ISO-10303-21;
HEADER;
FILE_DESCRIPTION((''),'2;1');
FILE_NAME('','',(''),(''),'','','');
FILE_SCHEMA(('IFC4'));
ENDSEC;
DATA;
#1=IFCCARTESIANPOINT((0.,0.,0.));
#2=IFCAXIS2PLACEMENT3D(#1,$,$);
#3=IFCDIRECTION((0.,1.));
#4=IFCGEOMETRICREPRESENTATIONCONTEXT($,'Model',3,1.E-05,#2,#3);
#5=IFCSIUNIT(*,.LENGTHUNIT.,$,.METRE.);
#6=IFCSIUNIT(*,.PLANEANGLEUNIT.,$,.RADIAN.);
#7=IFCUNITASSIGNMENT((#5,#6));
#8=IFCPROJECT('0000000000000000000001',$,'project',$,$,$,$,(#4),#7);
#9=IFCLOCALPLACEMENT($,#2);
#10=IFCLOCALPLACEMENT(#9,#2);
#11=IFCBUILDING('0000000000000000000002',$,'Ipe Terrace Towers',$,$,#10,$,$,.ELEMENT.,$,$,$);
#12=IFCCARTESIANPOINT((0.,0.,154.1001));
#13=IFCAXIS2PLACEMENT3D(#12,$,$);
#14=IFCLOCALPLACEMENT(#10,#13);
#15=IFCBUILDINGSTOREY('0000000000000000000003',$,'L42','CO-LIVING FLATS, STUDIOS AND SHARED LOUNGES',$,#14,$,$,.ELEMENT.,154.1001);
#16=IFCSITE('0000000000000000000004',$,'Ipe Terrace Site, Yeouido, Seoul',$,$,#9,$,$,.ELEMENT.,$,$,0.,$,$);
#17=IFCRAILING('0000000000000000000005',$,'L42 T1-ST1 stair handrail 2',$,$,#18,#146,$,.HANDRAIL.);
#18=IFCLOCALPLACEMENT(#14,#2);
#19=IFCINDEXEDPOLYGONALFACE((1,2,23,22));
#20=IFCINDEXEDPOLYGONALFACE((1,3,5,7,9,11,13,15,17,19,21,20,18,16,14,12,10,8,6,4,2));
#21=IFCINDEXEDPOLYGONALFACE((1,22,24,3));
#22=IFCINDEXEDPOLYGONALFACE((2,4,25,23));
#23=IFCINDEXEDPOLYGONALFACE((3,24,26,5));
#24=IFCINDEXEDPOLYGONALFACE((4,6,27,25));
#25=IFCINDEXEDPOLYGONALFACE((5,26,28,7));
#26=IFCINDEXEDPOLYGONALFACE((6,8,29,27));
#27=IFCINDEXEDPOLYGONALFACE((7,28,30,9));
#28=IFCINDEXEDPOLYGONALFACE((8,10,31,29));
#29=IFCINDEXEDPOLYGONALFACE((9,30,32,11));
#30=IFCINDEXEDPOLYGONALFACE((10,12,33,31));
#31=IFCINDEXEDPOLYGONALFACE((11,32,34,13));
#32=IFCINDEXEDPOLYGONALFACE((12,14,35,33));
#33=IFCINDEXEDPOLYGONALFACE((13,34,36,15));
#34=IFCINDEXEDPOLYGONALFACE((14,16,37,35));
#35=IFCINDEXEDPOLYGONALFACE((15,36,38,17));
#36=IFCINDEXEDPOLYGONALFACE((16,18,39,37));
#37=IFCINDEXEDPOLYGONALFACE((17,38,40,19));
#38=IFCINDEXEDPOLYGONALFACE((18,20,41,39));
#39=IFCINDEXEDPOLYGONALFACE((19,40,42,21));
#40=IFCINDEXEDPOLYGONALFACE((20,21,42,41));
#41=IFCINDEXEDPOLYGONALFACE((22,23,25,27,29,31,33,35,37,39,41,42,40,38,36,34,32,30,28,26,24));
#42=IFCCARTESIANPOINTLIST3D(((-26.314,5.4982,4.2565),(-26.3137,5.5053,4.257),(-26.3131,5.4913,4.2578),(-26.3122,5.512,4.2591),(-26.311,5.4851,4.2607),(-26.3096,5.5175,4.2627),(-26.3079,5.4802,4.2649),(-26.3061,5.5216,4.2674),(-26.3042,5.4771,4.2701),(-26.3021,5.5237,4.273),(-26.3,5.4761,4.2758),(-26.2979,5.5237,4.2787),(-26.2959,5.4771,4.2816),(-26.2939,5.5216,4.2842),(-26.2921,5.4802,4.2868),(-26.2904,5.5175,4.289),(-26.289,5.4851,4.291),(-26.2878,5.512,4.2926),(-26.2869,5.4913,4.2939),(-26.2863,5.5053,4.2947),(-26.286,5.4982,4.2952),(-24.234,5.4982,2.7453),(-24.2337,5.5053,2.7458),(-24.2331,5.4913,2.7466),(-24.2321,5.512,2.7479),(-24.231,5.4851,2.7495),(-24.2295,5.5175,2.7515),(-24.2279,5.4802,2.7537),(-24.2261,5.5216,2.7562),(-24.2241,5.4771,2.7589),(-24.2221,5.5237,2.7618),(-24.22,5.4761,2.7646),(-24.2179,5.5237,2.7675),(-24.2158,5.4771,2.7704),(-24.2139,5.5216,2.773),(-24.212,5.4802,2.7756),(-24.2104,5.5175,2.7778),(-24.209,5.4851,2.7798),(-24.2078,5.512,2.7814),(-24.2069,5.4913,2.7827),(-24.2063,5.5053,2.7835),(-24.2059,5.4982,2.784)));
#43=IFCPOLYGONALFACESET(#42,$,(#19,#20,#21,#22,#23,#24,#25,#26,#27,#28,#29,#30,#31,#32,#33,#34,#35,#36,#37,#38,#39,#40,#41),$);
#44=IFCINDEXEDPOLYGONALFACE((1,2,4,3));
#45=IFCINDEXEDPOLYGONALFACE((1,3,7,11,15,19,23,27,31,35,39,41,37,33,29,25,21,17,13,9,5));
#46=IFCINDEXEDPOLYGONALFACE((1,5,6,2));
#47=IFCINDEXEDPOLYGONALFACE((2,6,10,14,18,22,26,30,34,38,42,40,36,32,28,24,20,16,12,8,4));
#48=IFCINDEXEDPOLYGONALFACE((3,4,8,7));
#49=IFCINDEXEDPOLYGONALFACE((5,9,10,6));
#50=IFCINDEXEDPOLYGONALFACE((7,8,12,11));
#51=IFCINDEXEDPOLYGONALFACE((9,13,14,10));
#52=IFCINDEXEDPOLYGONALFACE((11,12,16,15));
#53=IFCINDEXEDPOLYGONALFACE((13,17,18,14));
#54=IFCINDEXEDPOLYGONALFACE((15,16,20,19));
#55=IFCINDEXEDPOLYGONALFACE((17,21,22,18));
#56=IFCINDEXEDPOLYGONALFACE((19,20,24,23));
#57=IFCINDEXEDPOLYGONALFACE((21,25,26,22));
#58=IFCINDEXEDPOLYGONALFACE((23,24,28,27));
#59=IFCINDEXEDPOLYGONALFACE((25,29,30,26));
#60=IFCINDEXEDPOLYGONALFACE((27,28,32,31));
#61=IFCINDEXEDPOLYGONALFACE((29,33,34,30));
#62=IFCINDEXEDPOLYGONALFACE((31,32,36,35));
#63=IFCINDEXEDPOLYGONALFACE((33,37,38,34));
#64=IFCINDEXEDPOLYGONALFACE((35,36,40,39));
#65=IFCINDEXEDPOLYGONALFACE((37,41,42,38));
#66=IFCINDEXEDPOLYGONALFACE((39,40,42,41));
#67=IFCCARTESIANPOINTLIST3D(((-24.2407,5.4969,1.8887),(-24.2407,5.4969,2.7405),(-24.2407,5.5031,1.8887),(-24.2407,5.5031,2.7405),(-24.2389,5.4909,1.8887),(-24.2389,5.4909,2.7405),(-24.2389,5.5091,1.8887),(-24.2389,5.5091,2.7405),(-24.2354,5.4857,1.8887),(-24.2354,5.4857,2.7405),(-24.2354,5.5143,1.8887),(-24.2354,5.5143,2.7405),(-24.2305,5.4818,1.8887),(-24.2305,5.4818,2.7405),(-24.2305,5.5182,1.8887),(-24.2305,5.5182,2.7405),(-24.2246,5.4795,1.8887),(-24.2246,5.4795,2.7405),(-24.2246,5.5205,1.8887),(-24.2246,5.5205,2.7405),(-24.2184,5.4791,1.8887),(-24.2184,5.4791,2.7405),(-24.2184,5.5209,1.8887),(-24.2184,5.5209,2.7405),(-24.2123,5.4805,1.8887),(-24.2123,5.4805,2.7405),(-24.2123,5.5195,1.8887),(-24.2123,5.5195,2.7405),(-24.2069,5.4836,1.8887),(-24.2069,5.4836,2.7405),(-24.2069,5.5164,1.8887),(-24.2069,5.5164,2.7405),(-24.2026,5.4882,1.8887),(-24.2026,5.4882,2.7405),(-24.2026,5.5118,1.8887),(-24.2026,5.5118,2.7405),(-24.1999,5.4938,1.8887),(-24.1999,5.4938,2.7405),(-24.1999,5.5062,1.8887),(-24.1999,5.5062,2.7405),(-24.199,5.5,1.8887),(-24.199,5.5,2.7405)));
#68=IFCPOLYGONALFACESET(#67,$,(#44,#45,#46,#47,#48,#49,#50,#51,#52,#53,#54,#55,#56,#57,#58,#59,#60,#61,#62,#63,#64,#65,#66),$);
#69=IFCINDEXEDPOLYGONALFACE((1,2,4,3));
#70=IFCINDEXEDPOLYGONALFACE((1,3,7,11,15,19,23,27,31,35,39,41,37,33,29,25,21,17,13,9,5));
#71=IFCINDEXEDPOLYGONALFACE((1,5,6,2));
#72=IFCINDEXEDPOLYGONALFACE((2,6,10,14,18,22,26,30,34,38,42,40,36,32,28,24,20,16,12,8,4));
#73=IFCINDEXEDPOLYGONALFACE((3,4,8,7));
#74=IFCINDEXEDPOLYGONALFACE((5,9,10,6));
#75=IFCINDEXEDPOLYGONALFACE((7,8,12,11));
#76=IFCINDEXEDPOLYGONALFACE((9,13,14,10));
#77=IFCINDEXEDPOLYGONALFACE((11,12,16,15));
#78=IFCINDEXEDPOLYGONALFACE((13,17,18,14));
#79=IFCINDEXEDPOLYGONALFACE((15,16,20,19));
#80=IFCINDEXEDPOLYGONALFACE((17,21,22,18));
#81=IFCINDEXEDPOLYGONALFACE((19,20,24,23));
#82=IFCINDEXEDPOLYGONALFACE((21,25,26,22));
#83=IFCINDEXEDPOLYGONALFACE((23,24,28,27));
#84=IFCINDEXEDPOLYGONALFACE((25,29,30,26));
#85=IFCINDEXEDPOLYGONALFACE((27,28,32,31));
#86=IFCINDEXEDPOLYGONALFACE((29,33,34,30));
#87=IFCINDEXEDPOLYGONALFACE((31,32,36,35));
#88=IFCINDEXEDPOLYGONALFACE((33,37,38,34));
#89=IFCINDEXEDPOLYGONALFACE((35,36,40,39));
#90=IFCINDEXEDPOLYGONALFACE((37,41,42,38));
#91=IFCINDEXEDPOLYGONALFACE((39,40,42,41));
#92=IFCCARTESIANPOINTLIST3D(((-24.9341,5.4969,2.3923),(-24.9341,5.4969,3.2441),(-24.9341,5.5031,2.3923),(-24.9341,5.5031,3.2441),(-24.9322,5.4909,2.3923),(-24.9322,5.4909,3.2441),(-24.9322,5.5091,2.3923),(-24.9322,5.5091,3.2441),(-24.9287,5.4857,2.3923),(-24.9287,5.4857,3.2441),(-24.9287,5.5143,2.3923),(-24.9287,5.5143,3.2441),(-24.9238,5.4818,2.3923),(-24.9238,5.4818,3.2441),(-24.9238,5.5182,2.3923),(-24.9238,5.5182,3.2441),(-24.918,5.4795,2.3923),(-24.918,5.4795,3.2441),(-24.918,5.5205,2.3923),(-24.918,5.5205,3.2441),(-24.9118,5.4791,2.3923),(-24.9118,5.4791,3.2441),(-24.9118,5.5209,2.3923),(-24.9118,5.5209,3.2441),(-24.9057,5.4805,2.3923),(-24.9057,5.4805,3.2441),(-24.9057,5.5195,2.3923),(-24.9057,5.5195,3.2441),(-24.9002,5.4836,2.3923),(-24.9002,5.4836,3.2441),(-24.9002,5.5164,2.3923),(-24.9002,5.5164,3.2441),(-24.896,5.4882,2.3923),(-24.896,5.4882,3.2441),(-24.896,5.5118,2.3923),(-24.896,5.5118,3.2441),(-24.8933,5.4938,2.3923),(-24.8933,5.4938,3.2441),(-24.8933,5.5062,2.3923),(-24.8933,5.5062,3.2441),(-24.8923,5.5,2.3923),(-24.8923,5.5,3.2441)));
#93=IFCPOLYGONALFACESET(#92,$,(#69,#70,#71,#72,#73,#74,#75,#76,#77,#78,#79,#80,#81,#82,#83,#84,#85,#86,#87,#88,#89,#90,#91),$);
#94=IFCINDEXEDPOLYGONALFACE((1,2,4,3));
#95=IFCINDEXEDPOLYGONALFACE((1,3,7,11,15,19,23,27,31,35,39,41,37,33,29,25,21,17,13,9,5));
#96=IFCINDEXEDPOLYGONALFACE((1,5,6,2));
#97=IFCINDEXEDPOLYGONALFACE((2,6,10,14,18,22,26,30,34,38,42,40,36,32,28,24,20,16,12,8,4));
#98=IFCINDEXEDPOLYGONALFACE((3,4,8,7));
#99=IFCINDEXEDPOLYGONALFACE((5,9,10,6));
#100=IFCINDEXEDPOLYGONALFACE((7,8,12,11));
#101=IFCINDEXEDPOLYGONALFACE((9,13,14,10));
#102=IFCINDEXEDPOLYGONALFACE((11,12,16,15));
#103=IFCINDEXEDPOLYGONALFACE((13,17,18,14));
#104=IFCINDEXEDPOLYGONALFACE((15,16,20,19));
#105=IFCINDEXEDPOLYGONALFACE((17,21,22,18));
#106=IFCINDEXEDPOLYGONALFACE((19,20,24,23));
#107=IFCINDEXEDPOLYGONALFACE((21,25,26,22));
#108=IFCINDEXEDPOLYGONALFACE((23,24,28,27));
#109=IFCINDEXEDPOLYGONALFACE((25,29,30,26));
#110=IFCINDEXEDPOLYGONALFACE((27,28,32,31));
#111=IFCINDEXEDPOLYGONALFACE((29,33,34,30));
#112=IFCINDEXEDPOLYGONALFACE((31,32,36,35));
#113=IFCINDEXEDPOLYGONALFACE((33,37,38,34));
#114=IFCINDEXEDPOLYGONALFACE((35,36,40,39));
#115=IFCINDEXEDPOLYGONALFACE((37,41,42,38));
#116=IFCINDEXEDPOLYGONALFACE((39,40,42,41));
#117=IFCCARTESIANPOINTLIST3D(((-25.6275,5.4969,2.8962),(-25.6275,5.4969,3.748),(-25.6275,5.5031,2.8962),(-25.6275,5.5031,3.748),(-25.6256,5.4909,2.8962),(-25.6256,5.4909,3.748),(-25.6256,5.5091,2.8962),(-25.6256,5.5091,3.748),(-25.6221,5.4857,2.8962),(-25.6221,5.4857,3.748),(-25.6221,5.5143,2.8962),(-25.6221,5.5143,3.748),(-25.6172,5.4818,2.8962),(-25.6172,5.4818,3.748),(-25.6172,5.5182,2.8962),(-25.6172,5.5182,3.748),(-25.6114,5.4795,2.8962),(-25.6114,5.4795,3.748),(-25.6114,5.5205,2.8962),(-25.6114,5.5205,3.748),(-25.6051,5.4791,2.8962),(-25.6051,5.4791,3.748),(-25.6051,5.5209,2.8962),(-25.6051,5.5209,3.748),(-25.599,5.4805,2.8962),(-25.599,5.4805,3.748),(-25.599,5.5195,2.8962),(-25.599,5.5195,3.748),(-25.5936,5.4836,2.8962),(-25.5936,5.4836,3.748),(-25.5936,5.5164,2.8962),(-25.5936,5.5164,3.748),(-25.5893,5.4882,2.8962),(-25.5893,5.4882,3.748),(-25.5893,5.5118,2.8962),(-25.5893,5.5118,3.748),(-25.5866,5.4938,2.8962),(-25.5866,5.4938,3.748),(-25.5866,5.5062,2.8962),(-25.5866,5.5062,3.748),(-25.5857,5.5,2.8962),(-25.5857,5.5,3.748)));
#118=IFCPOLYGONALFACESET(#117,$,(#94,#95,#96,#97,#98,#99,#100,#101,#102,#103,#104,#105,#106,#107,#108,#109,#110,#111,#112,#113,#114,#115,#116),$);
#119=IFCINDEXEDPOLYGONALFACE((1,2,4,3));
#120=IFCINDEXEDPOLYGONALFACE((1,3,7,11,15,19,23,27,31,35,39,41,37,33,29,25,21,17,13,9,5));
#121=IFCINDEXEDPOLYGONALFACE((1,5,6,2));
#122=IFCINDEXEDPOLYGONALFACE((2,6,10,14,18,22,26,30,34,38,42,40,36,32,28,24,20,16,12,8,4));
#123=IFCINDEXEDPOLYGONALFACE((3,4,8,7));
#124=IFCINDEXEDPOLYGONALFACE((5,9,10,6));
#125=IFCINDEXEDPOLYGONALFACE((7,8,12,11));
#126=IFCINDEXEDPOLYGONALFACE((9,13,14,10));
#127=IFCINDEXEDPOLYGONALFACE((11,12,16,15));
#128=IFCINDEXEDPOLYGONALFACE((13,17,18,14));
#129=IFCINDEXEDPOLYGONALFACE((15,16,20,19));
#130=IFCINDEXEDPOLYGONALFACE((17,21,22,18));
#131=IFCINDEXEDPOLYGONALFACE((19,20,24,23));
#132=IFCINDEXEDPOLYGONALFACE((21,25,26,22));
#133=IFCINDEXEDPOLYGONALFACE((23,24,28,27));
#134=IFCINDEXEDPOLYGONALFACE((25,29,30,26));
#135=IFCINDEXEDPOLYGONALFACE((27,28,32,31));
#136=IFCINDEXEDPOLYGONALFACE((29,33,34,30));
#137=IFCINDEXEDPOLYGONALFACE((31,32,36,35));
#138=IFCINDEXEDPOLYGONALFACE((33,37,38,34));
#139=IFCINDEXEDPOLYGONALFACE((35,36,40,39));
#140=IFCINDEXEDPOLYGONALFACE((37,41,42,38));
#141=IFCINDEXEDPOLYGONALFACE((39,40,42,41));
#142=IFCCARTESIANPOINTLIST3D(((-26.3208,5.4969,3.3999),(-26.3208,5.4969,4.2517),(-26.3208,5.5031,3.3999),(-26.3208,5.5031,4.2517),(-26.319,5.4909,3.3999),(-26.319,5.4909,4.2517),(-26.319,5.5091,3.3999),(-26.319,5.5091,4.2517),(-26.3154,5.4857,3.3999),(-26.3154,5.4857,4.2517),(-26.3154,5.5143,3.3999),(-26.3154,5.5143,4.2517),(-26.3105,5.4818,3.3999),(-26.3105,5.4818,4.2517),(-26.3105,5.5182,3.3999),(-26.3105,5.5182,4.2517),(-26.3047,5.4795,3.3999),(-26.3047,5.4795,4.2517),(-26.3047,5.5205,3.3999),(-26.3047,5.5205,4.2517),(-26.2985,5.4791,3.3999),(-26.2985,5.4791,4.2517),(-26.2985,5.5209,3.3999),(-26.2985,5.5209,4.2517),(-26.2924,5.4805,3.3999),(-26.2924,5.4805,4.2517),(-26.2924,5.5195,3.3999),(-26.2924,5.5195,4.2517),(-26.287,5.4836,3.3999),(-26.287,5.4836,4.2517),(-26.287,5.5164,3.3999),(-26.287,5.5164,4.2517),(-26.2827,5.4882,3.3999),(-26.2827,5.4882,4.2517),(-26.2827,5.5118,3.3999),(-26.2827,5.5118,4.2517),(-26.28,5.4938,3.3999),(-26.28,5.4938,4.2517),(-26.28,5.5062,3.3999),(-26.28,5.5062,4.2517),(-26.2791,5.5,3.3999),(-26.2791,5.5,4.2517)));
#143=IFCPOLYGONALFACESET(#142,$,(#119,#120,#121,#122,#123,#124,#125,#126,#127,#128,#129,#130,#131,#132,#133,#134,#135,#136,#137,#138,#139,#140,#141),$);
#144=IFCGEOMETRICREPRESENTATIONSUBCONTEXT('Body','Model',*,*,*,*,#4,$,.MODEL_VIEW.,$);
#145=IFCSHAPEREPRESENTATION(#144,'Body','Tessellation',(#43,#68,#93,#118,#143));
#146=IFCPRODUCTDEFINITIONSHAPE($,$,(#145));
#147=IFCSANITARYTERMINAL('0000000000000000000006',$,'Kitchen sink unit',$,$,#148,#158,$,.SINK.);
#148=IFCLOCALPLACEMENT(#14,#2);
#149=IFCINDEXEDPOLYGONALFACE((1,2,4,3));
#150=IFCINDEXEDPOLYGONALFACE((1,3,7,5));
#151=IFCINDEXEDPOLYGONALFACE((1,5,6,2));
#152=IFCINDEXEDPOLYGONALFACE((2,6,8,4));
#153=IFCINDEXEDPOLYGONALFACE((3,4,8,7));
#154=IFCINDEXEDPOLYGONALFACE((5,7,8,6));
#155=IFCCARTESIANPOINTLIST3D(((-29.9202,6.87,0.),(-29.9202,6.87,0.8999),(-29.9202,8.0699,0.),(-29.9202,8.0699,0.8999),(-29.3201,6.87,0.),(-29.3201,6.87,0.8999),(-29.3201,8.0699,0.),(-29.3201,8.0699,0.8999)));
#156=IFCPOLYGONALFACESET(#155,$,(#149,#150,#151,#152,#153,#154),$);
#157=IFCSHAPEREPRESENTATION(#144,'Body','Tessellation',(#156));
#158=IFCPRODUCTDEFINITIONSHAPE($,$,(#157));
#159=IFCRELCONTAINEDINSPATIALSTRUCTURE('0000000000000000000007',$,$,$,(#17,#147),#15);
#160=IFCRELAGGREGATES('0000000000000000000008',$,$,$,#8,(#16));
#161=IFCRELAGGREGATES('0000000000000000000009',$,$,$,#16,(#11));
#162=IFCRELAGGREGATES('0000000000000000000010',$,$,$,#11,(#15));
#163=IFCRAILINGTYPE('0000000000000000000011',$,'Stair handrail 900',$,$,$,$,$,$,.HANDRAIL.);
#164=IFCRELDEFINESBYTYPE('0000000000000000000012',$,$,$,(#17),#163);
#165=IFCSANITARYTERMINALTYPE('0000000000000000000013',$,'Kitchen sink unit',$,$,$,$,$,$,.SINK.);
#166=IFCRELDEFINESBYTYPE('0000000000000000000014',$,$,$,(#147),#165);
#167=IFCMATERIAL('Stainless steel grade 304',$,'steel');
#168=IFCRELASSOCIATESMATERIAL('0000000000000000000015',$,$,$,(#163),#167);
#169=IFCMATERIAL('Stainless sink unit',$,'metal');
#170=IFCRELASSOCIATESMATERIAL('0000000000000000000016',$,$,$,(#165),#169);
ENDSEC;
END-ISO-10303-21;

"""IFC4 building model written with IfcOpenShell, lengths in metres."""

from ifc_helpers import new_model, si_unit, direction, frame, origin, origin_2d, place, context, subcontext, project, spatial, rectangle, circle, extrude, material, type_object, element, save


model = new_model("IFC4")

# Units and contexts
model_context = context("Model", 3, precision=1e-05, world=origin(), true_north=direction((0.0, 1.0)))
body_context = subcontext(model_context, "Body", "Model", "MODEL_VIEW")
ifc_project = project(units=[si_unit("LENGTHUNIT", "METRE"), si_unit("PLANEANGLEUNIT", "RADIAN")], contexts=[model_context])

# Site, building, storey
site_placement = place(None, origin())
site = spatial("IfcSite", under=ifc_project, at=site_placement, Name="Ipe Terrace Site, Yeouido, Seoul", CompositionType="ELEMENT", RefElevation=0.0)
building_placement = place(site_placement, origin())
building = spatial("IfcBuilding", under=site, at=building_placement, Name="Ipe Terrace Towers", CompositionType="ELEMENT")
storey_placement = place(building_placement, frame((0.0, 0.0, 154.1001)))
storey = spatial("IfcBuildingStorey", under=building, at=storey_placement, Name="L42", Description="CO-LIVING FLATS, STUDIOS AND SHARED LOUNGES", CompositionType="ELEMENT", Elevation=154.1001)

# Railing
ifc_material_1 = material(Name="Stainless steel grade 304", Category="steel")
railing_type_1 = type_object("IfcRailingType", Name="Stair handrail 900", PredefinedType="HANDRAIL", material=ifc_material_1)
railing_1_placement = place(storey_placement, frame((-24.22, 5.5, 1.8887)))
element("IfcRailing", 1, at=railing_1_placement, inside=storey, type_object=railing_type_1, Name="L42 T1-ST1 stair handrail 2", PredefinedType="HANDRAIL", context=body_context, shape_type="SweptSolid", body=[
    extrude(circle(Radius=0.0239, at=origin_2d()), frame((0.0, 0.0, 0.876), z_axis=(-0.809023, 0.0, 0.587776), x_axis=(0.0, -1.0, 0.0)), (0.0, 0.0, 1.0), 2.571),
    extrude(circle(Radius=0.021, at=origin_2d()), origin(), (0.0, 0.0, 1.0), 0.8518),
    extrude(circle(Radius=0.021, at=origin_2d()), frame((-0.6934, 0.0, 0.5037)), (0.0, 0.0, 1.0), 0.8518),
    extrude(circle(Radius=0.021, at=origin_2d()), frame((-1.3867, 0.0, 1.0076)), (0.0, 0.0, 1.0), 0.8518),
    extrude(circle(Radius=0.021, at=origin_2d()), frame((-2.0801, 0.0, 1.5112)), (0.0, 0.0, 1.0), 0.8518),
])

# Sanitary terminal
ifc_material_2 = material(Name="Stainless sink unit", Category="metal")
sanitary_terminal_type = type_object("IfcSanitaryTerminalType", Name="Kitchen sink unit", PredefinedType="SINK", material=ifc_material_2)
sanitary_terminal_placement = place(storey_placement, frame((-29.6201, 7.47, 0.0), z_axis=(0.0, 0.0, 1.0), x_axis=(0.0, -1.0, 0.0)))
element("IfcSanitaryTerminal", 2, at=sanitary_terminal_placement, inside=storey, type_object=sanitary_terminal_type, Name="Kitchen sink unit", PredefinedType="SINK", context=body_context, shape_type="SweptSolid", body=[
    extrude(rectangle(XDim=1.2, YDim=0.6001, at=origin_2d()), origin(), (0.0, 0.0, 1.0), 0.8999),
])

save(model, "model.ifc")
